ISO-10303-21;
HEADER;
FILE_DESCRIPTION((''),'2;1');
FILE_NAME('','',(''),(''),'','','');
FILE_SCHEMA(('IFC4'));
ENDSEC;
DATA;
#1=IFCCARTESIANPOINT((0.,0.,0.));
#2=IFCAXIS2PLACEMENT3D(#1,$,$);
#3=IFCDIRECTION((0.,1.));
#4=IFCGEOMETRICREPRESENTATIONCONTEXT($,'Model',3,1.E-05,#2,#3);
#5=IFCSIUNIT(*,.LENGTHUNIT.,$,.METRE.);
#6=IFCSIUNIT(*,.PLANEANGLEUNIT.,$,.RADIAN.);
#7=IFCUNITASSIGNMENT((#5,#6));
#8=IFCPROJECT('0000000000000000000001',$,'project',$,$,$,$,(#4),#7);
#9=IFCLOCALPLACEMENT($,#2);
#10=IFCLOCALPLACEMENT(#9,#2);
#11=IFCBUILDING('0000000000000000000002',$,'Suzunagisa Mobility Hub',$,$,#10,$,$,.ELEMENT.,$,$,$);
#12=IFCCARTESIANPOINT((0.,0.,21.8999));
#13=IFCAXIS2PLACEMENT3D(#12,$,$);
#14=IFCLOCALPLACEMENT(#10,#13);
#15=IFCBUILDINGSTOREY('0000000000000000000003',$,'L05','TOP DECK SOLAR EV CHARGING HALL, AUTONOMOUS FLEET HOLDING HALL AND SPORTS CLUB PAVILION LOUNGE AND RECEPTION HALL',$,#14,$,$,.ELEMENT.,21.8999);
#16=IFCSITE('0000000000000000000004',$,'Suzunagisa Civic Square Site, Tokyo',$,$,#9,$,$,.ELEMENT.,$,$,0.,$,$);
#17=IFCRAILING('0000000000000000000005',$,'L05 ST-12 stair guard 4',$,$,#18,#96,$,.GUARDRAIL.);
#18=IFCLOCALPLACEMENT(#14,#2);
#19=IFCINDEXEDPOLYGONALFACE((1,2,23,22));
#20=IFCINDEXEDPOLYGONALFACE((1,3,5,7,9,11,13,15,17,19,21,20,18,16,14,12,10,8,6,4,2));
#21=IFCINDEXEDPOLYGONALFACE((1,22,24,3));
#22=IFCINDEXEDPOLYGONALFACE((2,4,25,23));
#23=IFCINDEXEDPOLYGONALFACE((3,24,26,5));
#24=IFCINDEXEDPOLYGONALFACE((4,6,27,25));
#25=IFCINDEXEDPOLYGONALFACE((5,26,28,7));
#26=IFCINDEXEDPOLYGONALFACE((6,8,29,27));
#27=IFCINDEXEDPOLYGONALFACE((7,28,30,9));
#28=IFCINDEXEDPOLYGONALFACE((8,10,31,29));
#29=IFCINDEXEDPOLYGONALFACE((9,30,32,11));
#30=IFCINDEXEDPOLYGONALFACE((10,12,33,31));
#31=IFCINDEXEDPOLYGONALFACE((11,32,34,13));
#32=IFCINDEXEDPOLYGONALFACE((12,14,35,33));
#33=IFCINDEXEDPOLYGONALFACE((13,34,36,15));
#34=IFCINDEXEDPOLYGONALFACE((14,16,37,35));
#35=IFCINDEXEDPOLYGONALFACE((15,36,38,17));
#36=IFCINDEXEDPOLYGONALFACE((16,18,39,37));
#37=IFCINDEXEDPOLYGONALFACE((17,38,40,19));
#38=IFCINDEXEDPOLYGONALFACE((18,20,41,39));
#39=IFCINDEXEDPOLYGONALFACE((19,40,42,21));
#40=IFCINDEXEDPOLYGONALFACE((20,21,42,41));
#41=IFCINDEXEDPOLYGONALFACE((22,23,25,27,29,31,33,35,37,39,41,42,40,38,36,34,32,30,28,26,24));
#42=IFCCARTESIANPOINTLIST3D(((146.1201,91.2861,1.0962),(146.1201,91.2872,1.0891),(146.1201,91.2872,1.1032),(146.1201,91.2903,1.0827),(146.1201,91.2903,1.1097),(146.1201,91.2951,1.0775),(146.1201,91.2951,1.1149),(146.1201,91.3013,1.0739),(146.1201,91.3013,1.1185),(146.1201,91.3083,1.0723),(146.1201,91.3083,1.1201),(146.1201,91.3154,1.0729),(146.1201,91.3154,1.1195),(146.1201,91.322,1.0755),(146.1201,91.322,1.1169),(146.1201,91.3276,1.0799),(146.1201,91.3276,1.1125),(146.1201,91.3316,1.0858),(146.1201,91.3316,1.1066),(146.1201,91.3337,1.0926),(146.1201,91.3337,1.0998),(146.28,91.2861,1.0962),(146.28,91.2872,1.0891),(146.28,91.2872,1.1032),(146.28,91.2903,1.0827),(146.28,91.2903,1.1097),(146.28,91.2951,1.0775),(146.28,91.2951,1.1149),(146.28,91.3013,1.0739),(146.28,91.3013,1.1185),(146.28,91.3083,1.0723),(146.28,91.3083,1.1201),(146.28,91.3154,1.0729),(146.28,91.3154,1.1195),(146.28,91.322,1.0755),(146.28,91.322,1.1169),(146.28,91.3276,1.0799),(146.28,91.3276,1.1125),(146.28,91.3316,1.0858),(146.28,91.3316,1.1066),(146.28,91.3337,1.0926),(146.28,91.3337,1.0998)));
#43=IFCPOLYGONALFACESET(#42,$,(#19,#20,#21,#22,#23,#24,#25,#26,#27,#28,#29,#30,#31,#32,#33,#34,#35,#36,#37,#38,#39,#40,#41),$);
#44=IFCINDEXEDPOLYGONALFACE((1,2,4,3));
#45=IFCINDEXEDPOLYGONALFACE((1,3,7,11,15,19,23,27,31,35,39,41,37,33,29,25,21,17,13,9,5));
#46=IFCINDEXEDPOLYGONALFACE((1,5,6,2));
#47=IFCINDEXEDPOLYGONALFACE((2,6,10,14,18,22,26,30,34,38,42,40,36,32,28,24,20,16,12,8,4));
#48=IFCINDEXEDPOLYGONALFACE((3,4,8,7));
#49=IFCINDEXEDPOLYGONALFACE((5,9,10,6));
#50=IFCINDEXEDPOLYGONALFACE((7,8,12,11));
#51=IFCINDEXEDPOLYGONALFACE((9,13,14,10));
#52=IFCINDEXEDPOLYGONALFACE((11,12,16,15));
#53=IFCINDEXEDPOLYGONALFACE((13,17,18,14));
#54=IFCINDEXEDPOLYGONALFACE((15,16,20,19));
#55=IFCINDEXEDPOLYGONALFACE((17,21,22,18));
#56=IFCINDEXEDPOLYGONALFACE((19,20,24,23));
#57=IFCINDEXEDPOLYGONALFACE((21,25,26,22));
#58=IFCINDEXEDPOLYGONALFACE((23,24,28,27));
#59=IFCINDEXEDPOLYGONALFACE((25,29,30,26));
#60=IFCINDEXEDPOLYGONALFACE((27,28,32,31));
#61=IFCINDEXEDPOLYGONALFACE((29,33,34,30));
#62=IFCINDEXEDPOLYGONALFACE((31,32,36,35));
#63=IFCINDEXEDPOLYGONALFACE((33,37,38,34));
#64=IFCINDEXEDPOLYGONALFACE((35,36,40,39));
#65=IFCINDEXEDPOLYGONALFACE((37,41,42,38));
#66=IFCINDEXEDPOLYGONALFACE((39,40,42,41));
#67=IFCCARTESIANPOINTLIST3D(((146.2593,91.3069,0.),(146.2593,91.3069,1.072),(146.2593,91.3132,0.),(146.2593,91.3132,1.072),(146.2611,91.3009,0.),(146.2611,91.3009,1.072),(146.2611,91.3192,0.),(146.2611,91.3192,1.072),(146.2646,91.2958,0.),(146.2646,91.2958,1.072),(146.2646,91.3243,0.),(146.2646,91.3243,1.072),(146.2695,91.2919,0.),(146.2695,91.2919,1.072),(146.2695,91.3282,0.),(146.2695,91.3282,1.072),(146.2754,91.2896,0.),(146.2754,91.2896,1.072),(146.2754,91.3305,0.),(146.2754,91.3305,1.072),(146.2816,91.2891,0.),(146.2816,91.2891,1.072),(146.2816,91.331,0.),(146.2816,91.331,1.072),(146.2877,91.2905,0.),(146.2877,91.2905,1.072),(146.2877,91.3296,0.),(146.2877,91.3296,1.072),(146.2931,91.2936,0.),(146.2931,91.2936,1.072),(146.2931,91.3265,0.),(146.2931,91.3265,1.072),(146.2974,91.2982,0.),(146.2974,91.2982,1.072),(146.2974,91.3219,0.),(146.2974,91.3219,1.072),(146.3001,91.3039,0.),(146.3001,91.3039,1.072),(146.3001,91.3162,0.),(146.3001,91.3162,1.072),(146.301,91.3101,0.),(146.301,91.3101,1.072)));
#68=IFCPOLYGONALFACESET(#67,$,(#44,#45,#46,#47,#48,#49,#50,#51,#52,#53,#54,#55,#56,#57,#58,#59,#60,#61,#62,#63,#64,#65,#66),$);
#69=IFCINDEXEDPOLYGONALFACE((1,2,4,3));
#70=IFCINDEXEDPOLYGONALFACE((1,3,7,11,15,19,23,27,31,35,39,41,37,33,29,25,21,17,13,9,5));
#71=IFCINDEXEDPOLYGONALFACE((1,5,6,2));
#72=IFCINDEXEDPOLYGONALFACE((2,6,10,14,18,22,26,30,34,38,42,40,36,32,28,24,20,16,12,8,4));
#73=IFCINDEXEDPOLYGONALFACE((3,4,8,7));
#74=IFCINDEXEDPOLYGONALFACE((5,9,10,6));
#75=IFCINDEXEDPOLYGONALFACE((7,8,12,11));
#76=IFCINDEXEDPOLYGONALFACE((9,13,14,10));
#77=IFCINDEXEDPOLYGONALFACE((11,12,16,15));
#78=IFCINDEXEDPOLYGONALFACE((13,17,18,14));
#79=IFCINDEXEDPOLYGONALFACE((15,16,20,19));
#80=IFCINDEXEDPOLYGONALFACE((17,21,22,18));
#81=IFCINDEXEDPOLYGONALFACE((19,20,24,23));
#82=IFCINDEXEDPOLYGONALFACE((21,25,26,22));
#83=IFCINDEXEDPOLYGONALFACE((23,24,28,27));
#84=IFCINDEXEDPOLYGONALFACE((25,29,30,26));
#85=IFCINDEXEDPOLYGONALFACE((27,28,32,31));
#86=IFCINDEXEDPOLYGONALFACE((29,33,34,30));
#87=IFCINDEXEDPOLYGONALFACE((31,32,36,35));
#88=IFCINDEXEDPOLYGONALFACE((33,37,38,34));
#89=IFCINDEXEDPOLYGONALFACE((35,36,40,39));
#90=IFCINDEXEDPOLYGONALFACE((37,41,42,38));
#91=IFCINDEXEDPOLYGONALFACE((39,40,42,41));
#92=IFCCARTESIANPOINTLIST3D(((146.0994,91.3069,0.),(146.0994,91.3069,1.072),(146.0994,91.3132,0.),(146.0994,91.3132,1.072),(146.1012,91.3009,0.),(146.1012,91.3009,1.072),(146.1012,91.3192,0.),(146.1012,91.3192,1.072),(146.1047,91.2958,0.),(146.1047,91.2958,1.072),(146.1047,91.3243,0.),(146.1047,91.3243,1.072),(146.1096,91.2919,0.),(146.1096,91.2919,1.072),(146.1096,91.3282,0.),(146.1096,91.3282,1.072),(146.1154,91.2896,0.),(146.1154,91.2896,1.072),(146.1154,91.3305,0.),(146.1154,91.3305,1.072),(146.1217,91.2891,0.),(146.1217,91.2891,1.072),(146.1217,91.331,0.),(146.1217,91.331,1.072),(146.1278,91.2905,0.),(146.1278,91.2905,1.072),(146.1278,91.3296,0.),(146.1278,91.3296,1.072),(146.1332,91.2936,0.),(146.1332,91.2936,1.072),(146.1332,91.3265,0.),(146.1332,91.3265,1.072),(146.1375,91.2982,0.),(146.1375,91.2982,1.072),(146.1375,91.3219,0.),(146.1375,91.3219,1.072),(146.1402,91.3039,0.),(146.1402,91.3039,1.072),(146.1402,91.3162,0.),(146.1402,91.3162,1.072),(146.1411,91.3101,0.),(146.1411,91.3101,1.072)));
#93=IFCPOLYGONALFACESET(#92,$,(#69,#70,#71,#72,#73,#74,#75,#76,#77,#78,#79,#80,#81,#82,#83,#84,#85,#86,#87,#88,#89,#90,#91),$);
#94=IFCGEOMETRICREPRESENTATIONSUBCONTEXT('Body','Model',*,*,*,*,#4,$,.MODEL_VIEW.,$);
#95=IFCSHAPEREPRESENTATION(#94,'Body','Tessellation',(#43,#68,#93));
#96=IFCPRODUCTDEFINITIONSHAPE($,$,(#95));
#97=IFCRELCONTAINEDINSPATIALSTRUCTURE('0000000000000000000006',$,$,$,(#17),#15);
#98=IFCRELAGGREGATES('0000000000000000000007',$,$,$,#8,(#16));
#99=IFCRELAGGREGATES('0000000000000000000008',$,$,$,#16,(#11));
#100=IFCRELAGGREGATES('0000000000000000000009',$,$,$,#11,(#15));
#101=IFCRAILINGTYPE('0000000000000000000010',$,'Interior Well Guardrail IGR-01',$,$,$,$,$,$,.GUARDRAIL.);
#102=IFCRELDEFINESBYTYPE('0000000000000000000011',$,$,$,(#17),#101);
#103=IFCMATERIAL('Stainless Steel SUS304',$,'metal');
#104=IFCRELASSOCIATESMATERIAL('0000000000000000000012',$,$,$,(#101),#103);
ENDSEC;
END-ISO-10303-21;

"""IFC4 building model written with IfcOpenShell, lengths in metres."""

from ifc_helpers import new_model, si_unit, direction, frame, origin, origin_2d, place, context, subcontext, project, spatial, circle, extrude, material, type_object, element, save


model = new_model("IFC4")

# Units and contexts
model_context = context("Model", 3, precision=1e-05, world=origin(), true_north=direction((0.0, 1.0)))
body_context = subcontext(model_context, "Body", "Model", "MODEL_VIEW")
ifc_project = project(units=[si_unit("LENGTHUNIT", "METRE"), si_unit("PLANEANGLEUNIT", "RADIAN")], contexts=[model_context])

# Site, building, storey
site_placement = place(None, origin())
site = spatial("IfcSite", under=ifc_project, at=site_placement, Name="Suzunagisa Civic Square Site, Tokyo", CompositionType="ELEMENT", RefElevation=0.0)
building_placement = place(site_placement, origin())
building = spatial("IfcBuilding", under=site, at=building_placement, Name="Suzunagisa Mobility Hub", CompositionType="ELEMENT")
storey_placement = place(building_placement, frame((0.0, 0.0, 21.8999)))
storey = spatial("IfcBuildingStorey", under=building, at=storey_placement, Name="L05", Description="TOP DECK SOLAR EV CHARGING HALL, AUTONOMOUS FLEET HOLDING HALL AND SPORTS CLUB PAVILION LOUNGE AND RECEPTION HALL", CompositionType="ELEMENT", Elevation=21.8999)

# Railing
ifc_material_1 = material(Name="Stainless Steel SUS304", Category="metal")
railing_type_1 = type_object("IfcRailingType", Name="Interior Well Guardrail IGR-01", PredefinedType="GUARDRAIL", material=ifc_material_1)
railing_1_placement = place(storey_placement, frame((146.28, 91.3101, 0.0)))
element("IfcRailing", 1, at=railing_1_placement, inside=storey, type_object=railing_type_1, Name="L05 ST-12 stair guard 4", PredefinedType="GUARDRAIL", context=body_context, shape_type="SweptSolid", body=[
    extrude(circle(Radius=0.0239, at=origin_2d()), frame((0.0, 0.0, 1.0962), z_axis=(-1.0, 0.0, 0.0), x_axis=(0.0, -1.0, 0.0)), (0.0, 0.0, 1.0), 0.1599),
    extrude(circle(Radius=0.021, at=origin_2d()), origin(), (0.0, 0.0, 1.0), 1.072),
    extrude(circle(Radius=0.021, at=origin_2d()), frame((-0.1599, 0.0, 0.0)), (0.0, 0.0, 1.0), 1.072),
])

save(model, "model.ifc")
